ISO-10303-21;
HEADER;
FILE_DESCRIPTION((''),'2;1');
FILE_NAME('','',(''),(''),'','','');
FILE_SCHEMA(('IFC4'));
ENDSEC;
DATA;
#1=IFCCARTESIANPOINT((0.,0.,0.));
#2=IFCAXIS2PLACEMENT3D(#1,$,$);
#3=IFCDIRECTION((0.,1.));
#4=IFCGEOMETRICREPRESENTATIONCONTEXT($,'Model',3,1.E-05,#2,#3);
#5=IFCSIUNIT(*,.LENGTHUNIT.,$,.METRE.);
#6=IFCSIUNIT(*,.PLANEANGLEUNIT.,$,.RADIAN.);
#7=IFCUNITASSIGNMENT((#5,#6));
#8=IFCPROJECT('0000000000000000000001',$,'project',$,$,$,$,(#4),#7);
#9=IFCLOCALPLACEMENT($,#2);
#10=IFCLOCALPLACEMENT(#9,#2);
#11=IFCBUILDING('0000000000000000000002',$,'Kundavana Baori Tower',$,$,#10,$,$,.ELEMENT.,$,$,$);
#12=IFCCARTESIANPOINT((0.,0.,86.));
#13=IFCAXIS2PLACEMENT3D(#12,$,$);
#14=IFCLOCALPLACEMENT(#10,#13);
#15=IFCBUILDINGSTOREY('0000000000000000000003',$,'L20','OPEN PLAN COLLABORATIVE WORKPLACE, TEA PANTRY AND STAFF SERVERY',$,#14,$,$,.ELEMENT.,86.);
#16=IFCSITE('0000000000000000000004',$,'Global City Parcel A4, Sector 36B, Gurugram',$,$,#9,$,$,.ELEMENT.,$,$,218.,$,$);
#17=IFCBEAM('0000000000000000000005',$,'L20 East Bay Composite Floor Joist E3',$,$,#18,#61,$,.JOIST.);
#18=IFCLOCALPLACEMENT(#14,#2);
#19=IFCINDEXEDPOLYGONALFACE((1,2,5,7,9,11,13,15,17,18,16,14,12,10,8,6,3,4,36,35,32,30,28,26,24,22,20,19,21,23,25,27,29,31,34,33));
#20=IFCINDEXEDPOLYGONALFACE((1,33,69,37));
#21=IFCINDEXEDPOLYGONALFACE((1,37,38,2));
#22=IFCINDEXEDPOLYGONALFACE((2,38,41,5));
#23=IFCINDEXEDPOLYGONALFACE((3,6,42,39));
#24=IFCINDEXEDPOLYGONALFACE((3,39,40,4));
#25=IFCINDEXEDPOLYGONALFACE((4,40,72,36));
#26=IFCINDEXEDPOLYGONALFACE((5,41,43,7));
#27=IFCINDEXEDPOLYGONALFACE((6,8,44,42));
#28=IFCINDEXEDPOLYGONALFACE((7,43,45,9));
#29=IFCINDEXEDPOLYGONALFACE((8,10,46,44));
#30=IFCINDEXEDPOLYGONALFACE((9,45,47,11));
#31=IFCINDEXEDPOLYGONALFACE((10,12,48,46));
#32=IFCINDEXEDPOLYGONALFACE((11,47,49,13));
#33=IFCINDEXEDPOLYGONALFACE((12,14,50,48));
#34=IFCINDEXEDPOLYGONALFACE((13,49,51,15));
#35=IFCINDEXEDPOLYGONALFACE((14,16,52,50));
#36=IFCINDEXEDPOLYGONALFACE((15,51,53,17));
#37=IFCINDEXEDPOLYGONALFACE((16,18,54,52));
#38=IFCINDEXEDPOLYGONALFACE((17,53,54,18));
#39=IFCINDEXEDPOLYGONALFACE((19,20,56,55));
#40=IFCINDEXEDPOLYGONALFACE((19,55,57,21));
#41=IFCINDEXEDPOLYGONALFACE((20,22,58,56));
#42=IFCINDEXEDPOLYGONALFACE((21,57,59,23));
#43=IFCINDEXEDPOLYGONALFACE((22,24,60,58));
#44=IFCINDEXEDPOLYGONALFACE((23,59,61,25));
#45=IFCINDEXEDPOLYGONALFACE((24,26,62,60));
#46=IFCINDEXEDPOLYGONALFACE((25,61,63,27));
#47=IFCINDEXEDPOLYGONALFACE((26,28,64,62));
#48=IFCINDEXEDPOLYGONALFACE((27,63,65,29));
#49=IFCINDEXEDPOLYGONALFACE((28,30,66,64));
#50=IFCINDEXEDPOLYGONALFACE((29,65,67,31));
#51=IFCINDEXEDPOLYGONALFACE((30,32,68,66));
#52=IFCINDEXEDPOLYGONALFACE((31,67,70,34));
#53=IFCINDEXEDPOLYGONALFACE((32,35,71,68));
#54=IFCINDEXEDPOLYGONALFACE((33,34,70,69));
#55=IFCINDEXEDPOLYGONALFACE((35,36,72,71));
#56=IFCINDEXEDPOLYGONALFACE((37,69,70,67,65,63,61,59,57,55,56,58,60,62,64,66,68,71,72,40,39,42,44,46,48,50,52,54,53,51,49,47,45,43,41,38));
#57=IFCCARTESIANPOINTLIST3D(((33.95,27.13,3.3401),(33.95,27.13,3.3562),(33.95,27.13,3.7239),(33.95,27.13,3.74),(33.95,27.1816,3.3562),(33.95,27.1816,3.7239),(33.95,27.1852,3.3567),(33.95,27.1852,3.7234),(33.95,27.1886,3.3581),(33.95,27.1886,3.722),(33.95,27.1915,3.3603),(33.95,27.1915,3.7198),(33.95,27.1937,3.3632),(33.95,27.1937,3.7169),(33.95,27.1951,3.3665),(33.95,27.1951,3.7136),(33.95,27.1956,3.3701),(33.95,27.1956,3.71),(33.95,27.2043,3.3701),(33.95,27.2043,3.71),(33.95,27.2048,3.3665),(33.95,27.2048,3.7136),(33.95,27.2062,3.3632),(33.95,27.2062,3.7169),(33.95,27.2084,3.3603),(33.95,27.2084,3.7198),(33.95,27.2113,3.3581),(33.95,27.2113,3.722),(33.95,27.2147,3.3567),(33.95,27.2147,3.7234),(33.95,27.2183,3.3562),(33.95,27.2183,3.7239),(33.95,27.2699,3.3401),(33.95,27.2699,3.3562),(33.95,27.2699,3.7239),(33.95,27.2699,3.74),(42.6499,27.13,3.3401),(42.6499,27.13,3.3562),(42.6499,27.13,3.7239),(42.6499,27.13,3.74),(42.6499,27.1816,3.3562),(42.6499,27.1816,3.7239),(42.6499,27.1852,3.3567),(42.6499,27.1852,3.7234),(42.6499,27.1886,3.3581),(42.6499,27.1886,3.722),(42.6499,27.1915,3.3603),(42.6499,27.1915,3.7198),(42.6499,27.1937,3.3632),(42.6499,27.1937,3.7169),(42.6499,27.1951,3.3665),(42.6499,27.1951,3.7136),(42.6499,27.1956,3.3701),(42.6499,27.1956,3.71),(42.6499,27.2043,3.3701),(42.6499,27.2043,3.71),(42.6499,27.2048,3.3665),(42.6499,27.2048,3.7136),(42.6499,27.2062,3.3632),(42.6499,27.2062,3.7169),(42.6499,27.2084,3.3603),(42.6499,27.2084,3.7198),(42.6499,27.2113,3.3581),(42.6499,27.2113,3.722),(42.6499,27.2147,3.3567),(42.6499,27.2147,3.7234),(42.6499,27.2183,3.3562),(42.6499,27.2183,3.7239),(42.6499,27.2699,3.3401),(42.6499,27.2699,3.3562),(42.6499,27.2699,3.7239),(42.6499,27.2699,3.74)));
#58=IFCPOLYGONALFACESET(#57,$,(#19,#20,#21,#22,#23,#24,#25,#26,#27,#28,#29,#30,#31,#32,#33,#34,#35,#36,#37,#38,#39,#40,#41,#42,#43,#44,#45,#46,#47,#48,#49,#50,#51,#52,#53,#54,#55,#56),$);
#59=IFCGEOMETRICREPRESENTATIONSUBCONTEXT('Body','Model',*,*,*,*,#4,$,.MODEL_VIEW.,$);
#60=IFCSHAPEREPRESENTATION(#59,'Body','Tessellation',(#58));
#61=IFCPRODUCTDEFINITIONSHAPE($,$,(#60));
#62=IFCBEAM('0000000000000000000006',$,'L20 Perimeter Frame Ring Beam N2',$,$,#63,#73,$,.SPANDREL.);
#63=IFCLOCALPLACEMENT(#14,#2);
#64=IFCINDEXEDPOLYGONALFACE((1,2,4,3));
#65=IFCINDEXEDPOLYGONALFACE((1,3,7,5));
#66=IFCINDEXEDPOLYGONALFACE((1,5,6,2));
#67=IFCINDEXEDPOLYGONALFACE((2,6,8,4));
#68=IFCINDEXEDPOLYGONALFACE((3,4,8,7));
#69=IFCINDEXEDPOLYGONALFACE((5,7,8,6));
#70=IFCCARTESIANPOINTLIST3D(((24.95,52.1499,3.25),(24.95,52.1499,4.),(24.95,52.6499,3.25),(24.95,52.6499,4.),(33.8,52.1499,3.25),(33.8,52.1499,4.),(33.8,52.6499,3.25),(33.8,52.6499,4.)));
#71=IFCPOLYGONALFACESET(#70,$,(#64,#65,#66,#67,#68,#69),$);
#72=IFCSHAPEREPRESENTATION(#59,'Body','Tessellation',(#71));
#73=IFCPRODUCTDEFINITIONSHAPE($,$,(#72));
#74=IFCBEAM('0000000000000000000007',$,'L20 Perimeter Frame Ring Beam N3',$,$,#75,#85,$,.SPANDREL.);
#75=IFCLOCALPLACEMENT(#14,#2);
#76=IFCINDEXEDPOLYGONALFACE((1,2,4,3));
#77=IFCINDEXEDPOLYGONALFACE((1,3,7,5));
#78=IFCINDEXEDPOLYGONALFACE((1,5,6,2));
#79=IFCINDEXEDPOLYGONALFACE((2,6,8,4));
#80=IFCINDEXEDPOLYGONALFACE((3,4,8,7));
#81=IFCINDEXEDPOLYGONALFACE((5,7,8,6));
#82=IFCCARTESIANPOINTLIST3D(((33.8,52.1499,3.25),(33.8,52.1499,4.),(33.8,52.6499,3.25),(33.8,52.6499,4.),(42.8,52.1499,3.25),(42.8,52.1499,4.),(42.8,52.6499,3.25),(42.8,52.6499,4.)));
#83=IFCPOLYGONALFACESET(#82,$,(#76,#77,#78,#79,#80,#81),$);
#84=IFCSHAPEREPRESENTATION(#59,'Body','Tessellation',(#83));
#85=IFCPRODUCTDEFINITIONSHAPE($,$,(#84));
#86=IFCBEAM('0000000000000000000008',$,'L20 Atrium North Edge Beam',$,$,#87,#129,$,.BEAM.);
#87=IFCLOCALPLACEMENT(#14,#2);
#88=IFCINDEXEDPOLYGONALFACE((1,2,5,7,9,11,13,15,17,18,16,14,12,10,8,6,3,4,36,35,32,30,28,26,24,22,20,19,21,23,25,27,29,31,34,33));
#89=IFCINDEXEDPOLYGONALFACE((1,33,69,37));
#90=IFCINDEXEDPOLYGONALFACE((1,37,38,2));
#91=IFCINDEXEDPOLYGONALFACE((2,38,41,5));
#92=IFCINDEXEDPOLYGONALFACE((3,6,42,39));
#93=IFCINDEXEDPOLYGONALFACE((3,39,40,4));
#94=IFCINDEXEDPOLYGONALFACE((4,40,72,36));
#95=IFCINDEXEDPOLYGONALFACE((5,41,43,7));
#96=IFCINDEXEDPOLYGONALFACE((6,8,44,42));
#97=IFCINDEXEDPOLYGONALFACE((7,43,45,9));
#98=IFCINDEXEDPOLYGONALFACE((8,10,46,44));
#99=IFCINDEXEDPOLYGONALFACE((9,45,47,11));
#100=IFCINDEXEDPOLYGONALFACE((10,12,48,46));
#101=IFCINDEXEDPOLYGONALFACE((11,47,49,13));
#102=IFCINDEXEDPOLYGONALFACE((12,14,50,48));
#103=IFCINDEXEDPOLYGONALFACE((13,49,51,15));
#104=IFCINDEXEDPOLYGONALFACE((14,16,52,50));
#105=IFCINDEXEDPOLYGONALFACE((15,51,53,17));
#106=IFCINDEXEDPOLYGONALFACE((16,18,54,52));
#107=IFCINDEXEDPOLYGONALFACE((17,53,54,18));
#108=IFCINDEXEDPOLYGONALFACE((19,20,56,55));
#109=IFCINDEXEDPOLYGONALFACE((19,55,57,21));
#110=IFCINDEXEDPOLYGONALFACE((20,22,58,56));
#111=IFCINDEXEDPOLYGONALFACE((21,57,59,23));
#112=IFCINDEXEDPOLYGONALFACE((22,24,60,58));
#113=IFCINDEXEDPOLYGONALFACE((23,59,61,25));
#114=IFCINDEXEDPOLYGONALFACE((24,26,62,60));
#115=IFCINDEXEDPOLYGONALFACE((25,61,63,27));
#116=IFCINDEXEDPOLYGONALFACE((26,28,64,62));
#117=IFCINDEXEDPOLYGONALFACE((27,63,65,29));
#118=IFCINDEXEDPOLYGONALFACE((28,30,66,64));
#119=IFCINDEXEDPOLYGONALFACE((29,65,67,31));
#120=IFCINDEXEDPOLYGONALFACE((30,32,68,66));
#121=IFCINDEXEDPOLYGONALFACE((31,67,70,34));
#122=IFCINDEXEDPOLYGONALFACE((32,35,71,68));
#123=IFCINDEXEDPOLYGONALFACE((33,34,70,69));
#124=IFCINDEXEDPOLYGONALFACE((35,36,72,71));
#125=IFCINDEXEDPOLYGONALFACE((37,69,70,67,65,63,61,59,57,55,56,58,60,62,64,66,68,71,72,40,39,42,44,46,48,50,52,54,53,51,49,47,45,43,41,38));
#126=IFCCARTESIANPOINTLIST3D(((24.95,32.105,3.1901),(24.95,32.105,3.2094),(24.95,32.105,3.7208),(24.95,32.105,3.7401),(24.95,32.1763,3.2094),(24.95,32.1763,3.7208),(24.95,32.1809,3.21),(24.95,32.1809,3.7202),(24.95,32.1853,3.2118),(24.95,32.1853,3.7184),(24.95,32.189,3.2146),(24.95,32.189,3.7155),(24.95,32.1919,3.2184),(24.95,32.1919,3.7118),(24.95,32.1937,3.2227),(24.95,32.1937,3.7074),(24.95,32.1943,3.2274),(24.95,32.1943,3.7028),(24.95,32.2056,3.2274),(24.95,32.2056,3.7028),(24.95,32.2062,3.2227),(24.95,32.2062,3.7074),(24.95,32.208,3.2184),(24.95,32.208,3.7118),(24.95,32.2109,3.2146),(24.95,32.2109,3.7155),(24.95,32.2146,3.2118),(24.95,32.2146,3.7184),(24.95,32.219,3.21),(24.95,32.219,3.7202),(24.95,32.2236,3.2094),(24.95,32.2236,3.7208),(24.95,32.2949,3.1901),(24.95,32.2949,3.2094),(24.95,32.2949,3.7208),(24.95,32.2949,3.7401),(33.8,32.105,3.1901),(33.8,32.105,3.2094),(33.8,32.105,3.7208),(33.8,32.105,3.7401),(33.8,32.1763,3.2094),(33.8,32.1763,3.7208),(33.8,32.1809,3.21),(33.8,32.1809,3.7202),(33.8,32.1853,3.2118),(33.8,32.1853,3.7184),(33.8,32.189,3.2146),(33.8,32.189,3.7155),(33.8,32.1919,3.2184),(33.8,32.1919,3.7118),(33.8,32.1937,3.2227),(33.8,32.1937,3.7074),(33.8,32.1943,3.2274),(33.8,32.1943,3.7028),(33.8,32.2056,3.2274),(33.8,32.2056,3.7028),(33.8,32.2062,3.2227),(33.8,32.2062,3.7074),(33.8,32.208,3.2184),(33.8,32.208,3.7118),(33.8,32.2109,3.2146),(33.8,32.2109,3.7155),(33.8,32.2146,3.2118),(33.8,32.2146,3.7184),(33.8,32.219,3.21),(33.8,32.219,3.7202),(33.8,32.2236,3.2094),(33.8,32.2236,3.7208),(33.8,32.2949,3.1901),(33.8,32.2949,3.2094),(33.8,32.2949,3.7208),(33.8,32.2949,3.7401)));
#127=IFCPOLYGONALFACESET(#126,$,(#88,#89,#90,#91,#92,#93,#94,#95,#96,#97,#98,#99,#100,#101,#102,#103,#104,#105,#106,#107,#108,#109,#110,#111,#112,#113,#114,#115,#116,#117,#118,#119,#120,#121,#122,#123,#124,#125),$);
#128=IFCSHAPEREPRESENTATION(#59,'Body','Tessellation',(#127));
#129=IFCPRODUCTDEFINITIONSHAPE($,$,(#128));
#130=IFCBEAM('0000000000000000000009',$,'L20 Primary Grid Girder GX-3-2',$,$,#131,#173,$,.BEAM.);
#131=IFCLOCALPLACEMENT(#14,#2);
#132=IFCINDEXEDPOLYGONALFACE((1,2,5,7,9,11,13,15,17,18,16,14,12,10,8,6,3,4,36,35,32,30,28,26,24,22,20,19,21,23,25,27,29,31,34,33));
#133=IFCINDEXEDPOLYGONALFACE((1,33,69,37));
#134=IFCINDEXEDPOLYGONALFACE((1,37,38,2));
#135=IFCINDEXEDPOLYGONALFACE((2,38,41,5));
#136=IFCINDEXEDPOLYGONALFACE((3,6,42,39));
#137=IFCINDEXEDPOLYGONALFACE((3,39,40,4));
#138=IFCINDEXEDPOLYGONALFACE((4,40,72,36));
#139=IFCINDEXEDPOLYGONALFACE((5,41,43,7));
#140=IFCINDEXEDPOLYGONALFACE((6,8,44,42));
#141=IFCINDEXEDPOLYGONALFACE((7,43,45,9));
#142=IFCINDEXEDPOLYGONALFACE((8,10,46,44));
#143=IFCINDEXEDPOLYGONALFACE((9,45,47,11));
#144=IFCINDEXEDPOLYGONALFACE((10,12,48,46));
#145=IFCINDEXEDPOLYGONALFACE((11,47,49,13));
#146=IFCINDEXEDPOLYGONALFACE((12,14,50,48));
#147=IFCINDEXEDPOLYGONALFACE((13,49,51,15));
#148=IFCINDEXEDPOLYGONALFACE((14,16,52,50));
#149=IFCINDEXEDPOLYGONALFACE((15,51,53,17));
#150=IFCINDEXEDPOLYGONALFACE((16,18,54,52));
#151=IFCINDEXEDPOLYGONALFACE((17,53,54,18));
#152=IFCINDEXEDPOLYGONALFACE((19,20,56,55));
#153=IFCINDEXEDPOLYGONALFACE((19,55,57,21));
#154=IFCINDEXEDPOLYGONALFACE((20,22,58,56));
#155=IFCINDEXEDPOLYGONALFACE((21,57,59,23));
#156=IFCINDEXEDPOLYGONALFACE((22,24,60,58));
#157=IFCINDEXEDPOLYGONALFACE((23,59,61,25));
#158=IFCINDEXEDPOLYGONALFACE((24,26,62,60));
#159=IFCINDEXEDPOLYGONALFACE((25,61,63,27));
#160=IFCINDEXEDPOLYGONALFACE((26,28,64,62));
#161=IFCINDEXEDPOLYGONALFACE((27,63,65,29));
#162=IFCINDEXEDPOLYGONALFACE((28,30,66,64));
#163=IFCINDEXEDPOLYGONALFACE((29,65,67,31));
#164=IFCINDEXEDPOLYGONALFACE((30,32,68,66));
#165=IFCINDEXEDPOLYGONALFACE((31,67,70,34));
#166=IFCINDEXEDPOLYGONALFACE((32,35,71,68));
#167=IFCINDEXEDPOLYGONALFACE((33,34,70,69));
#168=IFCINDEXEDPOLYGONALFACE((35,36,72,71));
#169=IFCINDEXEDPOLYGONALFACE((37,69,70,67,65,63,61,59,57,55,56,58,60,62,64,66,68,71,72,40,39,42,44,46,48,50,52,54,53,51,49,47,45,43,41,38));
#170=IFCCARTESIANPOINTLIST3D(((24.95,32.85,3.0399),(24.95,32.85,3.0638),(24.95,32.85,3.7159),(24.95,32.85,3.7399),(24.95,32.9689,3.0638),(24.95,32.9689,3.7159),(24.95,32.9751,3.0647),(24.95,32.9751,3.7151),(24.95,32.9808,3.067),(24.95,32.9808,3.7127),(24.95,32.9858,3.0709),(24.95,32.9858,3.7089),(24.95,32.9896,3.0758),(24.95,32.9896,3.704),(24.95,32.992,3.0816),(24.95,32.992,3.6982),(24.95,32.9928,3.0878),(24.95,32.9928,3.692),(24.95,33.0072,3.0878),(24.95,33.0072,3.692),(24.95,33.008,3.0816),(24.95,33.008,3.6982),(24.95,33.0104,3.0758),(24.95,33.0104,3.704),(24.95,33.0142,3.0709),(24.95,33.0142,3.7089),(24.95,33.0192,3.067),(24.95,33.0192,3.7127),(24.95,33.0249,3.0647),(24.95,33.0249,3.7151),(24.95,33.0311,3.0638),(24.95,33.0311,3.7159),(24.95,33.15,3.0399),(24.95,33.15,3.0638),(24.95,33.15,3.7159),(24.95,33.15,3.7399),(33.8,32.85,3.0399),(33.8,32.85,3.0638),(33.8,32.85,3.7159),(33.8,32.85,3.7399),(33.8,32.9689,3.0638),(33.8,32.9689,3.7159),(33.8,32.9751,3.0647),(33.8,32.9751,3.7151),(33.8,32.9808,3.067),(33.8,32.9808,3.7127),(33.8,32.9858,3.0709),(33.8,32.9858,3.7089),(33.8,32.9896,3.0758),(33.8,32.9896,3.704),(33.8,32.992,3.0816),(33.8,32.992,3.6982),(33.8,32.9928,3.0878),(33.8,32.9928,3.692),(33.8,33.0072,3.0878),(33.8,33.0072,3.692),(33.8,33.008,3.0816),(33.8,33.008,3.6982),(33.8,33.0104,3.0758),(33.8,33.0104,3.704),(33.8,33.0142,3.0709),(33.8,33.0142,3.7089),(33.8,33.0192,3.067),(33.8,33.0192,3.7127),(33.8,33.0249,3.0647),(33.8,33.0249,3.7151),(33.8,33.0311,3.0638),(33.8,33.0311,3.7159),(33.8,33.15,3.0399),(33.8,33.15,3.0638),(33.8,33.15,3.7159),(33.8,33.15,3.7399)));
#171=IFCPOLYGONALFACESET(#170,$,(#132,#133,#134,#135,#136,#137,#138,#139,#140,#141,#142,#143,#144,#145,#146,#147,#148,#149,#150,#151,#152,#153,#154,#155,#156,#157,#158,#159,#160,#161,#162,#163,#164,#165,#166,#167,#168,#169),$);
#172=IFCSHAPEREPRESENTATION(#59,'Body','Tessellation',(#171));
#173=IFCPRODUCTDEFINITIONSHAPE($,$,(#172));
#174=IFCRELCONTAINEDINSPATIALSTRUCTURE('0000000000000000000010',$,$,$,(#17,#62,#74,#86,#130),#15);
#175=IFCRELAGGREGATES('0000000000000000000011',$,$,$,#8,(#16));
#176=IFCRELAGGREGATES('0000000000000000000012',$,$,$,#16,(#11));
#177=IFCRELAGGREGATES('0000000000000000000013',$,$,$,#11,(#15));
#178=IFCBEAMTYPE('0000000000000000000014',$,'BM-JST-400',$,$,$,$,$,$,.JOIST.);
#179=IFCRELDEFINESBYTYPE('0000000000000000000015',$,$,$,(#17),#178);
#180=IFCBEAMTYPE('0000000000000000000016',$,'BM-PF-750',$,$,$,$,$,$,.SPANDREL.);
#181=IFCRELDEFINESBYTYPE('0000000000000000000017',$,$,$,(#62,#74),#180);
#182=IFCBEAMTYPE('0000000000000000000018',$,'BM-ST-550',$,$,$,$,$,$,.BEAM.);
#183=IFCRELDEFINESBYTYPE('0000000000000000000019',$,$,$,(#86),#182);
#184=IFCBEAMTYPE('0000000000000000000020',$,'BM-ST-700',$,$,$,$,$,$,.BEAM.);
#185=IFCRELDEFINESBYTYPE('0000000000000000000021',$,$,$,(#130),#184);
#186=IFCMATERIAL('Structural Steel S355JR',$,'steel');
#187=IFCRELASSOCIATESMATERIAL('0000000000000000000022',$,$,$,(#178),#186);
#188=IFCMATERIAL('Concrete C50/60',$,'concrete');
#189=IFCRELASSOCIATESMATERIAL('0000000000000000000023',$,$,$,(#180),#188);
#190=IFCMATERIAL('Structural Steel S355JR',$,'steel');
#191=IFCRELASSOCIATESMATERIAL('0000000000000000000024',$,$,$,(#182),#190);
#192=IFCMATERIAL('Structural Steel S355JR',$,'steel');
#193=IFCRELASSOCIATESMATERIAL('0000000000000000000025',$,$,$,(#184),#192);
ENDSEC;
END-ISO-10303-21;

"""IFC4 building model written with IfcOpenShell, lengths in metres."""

from ifc_helpers import new_model, si_unit, direction, frame, origin, origin_2d, place, context, subcontext, project, spatial, rectangle, i_section, extrude, material, material_profile, profile_set, type_object, element, save


model = new_model("IFC4")

# Units and contexts
model_context = context("Model", 3, precision=1e-05, world=origin(), true_north=direction((0.0, 1.0)))
body_context = subcontext(model_context, "Body", "Model", "MODEL_VIEW")
ifc_project = project(units=[si_unit("LENGTHUNIT", "METRE"), si_unit("PLANEANGLEUNIT", "RADIAN")], contexts=[model_context])

# Site, building, storey
site_placement = place(None, origin())
site = spatial("IfcSite", under=ifc_project, at=site_placement, Name="Global City Parcel A4, Sector 36B, Gurugram", CompositionType="ELEMENT", RefElevation=218.0)
building_placement = place(site_placement, origin())
building = spatial("IfcBuilding", under=site, at=building_placement, Name="Kundavana Baori Tower", CompositionType="ELEMENT")
storey_placement = place(building_placement, frame((0.0, 0.0, 86.0)))
storey = spatial("IfcBuildingStorey", under=building, at=storey_placement, Name="L20", Description="OPEN PLAN COLLABORATIVE WORKPLACE, TEA PANTRY AND STAFF SERVERY", CompositionType="ELEMENT", Elevation=86.0)

# Beams
ifc_material_1 = material(Name="Structural Steel S355JR", Category="steel")
ifc_material_profile_1 = material_profile(ifc_material_1, i_section(OverallWidth=0.1399, OverallDepth=0.3999, WebThickness=0.0088, FlangeThickness=0.0161, FilletRadius=0.0139, at=origin_2d()), Name="ISMB 400")
ifc_profile_set_1 = profile_set([ifc_material_profile_1], Name="Structural Steel S355JR")
beam_type_1 = type_object("IfcBeamType", Name="BM-JST-400", PredefinedType="JOIST", material=ifc_profile_set_1)
beam_1_placement = place(storey_placement, frame((33.95, 27.2, 3.54), z_axis=(1.0, 0.0, 0.0), x_axis=(0.0, 1.0, 0.0)))
element("IfcBeam", 1, at=beam_1_placement, inside=storey, type_object=beam_type_1, Name="L20 East Bay Composite Floor Joist E3", PredefinedType="JOIST", context=body_context, shape_type="SweptSolid", body=[
    extrude(i_section(OverallWidth=0.1399, OverallDepth=0.3999, WebThickness=0.0088, FlangeThickness=0.0161, FilletRadius=0.0139, at=origin_2d()), origin(), (0.0, 0.0, 1.0), 8.7),
])
ifc_material_2 = material(Name="Concrete C50/60", Category="concrete")
ifc_material_profile_2 = material_profile(ifc_material_2, rectangle(XDim=0.5, YDim=0.75, at=origin_2d()), Name="RC BM 500x750")
ifc_profile_set_2 = profile_set([ifc_material_profile_2], Name="Concrete C50/60")
beam_type_2 = type_object("IfcBeamType", Name="BM-PF-750", PredefinedType="SPANDREL", material=ifc_profile_set_2)
beam_2_placement = place(storey_placement, frame((24.95, 52.3999, 3.625), z_axis=(1.0, 0.0, 0.0), x_axis=(0.0, 1.0, 0.0)))
element("IfcBeam", 2, at=beam_2_placement, inside=storey, type_object=beam_type_2, Name="L20 Perimeter Frame Ring Beam N2", PredefinedType="SPANDREL", context=body_context, shape_type="SweptSolid", body=[
    extrude(rectangle(XDim=0.5, YDim=0.75, at=origin_2d()), origin(), (0.0, 0.0, 1.0), 8.8501),
])
beam_3_placement = place(storey_placement, frame((33.8, 52.3999, 3.625), z_axis=(1.0, 0.0, 0.0), x_axis=(0.0, 1.0, 0.0)))
element("IfcBeam", 3, at=beam_3_placement, inside=storey, type_object=beam_type_2, Name="L20 Perimeter Frame Ring Beam N3", PredefinedType="SPANDREL", context=body_context, shape_type="SweptSolid", body=[
    extrude(rectangle(XDim=0.5, YDim=0.75, at=origin_2d()), origin(), (0.0, 0.0, 1.0), 9.0),
])
ifc_material_3 = material(Name="Structural Steel S355JR", Category="steel")
ifc_material_profile_3 = material_profile(ifc_material_3, i_section(OverallWidth=0.1899, OverallDepth=0.55, WebThickness=0.0112, FlangeThickness=0.0193, FilletRadius=0.0181, at=origin_2d()), Name="ISMB 550")
ifc_profile_set_3 = profile_set([ifc_material_profile_3], Name="Structural Steel S355JR")
beam_type_3 = type_object("IfcBeamType", Name="BM-ST-550", PredefinedType="BEAM", material=ifc_profile_set_3)
beam_4_placement = place(storey_placement, frame((24.95, 32.2, 3.4651), z_axis=(1.0, 0.0, 0.0), x_axis=(0.0, 1.0, 0.0)))
element("IfcBeam", 4, at=beam_4_placement, inside=storey, type_object=beam_type_3, Name="L20 Atrium North Edge Beam", PredefinedType="BEAM", context=body_context, shape_type="SweptSolid", body=[
    extrude(i_section(OverallWidth=0.1899, OverallDepth=0.55, WebThickness=0.0112, FlangeThickness=0.0193, FilletRadius=0.0181, at=origin_2d()), origin(), (0.0, 0.0, 1.0), 8.8501),
])
ifc_material_4 = material(Name="Structural Steel S355JR", Category="steel")
ifc_material_profile_4 = material_profile(ifc_material_4, i_section(OverallWidth=0.3, OverallDepth=0.7, WebThickness=0.0144, FlangeThickness=0.0239, FilletRadius=0.0239, at=origin_2d()), Name="NPB 700x300x170")
ifc_profile_set_4 = profile_set([ifc_material_profile_4], Name="Structural Steel S355JR")
beam_type_4 = type_object("IfcBeamType", Name="BM-ST-700", PredefinedType="BEAM", material=ifc_profile_set_4)
for number, where, z_axis, x_axis, name in (
    (5, (24.95, 33.0, 3.3899), (1.0, 0.0, 0.0), (0.0, 1.0, 0.0), "L20 Primary Grid Girder GX-3-2"),
):
    element("IfcBeam", number, at=place(storey_placement, frame(where, z_axis=z_axis, x_axis=x_axis)), inside=storey, type_object=beam_type_4, Name=name, PredefinedType="BEAM", context=body_context, shape_type="SweptSolid", body=[
        extrude(i_section(OverallWidth=0.3, OverallDepth=0.7, WebThickness=0.0144, FlangeThickness=0.0239, FilletRadius=0.0239, at=origin_2d()), origin(), (0.0, 0.0, 1.0), 8.8501),
    ])

save(model, "model.ifc")
